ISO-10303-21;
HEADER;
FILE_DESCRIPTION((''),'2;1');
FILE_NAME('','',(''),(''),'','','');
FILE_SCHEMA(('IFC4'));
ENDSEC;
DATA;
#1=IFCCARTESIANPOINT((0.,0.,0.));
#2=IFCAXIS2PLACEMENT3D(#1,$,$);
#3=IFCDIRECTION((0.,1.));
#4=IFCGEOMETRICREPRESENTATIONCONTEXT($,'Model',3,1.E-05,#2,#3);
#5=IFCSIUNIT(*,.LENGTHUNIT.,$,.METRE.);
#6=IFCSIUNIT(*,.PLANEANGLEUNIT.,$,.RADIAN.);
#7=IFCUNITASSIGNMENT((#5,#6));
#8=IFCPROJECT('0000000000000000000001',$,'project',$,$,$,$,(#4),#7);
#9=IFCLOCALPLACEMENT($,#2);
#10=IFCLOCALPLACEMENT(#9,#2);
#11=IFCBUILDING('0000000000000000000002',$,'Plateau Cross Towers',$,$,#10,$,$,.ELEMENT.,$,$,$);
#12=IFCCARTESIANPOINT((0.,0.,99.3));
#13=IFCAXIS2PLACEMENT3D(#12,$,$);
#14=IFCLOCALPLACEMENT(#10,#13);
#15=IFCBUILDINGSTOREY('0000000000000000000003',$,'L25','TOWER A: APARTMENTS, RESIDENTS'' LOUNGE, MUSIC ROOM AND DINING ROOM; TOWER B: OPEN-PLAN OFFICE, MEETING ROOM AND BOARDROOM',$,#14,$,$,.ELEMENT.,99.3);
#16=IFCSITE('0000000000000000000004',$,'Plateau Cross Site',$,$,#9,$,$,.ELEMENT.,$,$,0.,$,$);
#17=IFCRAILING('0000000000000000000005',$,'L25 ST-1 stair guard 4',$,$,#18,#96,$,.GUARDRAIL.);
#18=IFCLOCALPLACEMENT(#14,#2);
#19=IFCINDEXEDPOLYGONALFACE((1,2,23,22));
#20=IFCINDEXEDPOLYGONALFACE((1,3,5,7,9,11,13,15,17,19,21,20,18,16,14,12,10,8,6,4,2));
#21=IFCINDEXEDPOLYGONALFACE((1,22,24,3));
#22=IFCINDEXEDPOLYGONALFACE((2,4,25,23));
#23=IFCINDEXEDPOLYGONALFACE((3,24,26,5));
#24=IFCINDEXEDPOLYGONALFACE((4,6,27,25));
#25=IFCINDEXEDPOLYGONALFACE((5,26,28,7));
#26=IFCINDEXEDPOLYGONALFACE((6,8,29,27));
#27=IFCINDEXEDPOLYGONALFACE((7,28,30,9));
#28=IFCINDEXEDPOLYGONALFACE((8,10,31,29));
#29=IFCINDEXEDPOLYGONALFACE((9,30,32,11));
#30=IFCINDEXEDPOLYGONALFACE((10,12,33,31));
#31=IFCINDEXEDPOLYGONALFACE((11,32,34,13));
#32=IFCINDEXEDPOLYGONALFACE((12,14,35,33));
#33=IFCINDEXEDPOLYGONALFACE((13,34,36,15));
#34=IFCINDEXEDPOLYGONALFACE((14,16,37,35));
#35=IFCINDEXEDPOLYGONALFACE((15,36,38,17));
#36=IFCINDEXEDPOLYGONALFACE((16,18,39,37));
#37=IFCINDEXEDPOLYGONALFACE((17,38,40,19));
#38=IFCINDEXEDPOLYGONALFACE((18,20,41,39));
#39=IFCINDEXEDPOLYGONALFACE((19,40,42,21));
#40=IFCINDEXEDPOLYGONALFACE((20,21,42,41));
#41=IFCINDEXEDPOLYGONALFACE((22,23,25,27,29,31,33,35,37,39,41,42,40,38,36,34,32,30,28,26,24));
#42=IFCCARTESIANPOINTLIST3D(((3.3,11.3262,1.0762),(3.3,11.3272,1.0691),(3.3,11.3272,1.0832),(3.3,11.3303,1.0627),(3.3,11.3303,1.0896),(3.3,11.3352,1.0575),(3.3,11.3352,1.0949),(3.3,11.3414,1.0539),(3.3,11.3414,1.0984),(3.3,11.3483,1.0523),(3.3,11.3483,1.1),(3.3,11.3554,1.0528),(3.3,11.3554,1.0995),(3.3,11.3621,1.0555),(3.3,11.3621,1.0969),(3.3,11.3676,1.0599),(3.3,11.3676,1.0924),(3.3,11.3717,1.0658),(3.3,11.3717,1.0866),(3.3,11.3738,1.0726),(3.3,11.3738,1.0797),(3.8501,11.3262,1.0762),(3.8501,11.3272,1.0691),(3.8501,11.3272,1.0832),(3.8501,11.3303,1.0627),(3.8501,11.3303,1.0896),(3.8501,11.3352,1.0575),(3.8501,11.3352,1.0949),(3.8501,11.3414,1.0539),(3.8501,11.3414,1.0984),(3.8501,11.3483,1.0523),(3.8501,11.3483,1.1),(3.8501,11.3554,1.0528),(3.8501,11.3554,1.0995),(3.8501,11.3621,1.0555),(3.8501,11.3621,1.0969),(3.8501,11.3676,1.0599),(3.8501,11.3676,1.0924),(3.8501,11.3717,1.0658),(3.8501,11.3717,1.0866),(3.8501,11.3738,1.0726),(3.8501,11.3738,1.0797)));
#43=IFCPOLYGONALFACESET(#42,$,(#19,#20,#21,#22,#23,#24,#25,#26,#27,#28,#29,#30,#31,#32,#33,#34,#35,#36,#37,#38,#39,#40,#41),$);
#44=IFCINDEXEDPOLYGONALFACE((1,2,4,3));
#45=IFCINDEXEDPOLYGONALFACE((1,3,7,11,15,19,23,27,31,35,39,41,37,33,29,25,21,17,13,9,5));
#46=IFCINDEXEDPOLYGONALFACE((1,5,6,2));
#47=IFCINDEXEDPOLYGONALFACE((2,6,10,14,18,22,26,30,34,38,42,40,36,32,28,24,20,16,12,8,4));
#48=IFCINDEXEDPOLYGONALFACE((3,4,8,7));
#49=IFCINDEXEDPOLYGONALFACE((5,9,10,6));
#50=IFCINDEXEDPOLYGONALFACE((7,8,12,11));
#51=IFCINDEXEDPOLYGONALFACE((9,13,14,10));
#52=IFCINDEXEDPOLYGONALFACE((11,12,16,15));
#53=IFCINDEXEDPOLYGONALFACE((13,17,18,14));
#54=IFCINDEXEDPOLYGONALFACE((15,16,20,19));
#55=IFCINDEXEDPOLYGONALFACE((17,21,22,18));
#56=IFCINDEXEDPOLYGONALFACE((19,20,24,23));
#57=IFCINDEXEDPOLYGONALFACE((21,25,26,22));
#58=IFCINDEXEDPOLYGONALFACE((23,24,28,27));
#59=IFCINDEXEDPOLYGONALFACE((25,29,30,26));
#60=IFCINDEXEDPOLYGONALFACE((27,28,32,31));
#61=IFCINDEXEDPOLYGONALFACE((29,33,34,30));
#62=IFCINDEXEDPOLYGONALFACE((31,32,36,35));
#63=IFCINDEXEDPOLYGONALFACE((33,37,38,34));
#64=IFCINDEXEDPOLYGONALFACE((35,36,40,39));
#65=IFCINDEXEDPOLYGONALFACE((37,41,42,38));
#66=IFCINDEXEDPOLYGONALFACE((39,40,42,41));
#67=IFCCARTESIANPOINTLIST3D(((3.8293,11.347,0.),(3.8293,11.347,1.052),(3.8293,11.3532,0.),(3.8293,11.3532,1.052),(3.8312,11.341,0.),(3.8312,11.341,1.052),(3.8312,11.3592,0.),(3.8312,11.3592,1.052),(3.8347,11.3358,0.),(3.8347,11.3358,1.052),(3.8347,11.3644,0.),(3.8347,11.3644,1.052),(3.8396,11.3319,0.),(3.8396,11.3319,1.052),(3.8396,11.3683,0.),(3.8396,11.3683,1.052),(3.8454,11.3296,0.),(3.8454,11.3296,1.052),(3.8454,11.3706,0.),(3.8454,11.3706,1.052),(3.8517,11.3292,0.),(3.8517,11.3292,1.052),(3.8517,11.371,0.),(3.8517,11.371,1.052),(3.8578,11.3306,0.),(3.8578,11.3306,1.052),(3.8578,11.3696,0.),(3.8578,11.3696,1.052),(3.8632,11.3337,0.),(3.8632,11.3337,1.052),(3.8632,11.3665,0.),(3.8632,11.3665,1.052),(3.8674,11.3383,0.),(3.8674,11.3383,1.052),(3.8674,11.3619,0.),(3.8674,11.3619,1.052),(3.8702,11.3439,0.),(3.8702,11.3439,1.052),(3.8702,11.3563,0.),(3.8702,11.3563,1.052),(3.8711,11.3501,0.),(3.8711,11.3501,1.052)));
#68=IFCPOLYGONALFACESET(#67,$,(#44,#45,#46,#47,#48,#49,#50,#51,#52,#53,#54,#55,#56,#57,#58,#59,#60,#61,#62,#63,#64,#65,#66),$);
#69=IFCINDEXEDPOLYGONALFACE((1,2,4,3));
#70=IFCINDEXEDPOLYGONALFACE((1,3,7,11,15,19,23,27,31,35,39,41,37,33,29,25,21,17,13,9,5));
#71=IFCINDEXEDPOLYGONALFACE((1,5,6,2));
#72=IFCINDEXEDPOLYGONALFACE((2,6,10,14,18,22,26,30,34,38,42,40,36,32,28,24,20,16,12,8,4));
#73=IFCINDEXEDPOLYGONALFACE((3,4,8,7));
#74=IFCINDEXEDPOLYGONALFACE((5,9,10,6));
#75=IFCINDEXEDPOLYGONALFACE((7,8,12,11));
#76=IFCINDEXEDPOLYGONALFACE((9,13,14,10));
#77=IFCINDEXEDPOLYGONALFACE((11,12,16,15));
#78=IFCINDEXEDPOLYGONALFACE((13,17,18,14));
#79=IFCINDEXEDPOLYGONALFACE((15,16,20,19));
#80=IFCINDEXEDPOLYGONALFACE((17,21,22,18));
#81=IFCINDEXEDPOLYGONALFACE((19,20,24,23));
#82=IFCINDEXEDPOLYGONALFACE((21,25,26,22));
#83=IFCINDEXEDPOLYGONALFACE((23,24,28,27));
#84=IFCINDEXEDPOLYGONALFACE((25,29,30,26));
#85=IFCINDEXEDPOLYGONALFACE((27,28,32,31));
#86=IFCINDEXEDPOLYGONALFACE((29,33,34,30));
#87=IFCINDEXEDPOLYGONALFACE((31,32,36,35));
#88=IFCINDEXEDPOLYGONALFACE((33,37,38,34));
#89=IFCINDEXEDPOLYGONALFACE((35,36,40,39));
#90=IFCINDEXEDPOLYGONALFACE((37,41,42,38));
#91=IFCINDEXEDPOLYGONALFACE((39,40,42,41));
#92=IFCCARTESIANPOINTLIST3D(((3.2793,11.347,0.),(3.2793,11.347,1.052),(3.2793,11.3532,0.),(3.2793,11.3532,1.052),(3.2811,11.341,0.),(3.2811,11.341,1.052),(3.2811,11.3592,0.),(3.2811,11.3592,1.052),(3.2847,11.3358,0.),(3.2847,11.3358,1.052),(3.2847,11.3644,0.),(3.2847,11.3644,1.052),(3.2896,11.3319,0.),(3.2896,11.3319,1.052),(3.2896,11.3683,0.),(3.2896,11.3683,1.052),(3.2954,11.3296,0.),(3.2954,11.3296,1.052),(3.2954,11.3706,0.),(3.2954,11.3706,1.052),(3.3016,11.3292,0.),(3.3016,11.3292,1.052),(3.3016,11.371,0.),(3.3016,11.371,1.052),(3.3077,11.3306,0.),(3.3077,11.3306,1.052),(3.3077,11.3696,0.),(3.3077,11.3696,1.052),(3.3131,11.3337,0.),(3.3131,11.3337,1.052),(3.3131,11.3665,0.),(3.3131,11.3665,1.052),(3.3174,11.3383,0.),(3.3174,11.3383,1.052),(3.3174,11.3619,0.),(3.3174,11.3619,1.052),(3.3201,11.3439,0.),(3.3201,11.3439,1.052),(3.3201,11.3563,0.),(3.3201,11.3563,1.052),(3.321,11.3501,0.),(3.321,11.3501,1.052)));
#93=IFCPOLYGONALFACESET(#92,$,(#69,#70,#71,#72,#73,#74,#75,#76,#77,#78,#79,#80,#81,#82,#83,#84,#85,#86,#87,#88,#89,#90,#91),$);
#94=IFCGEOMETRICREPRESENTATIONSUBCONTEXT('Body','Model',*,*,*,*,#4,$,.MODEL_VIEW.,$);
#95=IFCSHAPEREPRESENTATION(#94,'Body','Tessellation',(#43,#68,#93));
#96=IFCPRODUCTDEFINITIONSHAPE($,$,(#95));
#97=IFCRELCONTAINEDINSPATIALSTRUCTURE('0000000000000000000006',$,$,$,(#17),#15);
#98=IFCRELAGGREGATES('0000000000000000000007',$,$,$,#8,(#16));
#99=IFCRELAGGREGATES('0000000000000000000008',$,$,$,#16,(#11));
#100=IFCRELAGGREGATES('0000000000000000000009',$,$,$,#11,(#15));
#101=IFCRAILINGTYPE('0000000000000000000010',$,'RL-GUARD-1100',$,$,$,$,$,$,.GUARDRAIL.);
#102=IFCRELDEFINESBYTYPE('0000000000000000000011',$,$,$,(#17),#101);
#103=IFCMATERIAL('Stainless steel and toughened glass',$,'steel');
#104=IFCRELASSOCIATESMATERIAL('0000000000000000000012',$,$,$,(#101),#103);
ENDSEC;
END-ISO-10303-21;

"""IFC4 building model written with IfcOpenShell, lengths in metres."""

from ifc_helpers import new_model, si_unit, direction, frame, origin, origin_2d, place, context, subcontext, project, spatial, circle, extrude, material, type_object, element, save


model = new_model("IFC4")

# Units and contexts
model_context = context("Model", 3, precision=1e-05, world=origin(), true_north=direction((0.0, 1.0)))
body_context = subcontext(model_context, "Body", "Model", "MODEL_VIEW")
ifc_project = project(units=[si_unit("LENGTHUNIT", "METRE"), si_unit("PLANEANGLEUNIT", "RADIAN")], contexts=[model_context])

# Site, building, storey
site_placement = place(None, origin())
site = spatial("IfcSite", under=ifc_project, at=site_placement, Name="Plateau Cross Site", CompositionType="ELEMENT", RefElevation=0.0)
building_placement = place(site_placement, origin())
building = spatial("IfcBuilding", under=site, at=building_placement, Name="Plateau Cross Towers", CompositionType="ELEMENT")
storey_placement = place(building_placement, frame((0.0, 0.0, 99.3)))
storey = spatial("IfcBuildingStorey", under=building, at=storey_placement, Name="L25", Description="TOWER A: APARTMENTS, RESIDENTS' LOUNGE, MUSIC ROOM AND DINING ROOM; TOWER B: OPEN-PLAN OFFICE, MEETING ROOM AND BOARDROOM", CompositionType="ELEMENT", Elevation=99.3)

# Railing
ifc_material_1 = material(Name="Stainless steel and toughened glass", Category="steel")
railing_type_1 = type_object("IfcRailingType", Name="RL-GUARD-1100", PredefinedType="GUARDRAIL", material=ifc_material_1)
railing_1_placement = place(storey_placement, frame((3.8501, 11.3501, 0.0)))
element("IfcRailing", 1, at=railing_1_placement, inside=storey, type_object=railing_type_1, Name="L25 ST-1 stair guard 4", PredefinedType="GUARDRAIL", context=body_context, shape_type="SweptSolid", body=[
    extrude(circle(Radius=0.0239, at=origin_2d()), frame((0.0, 0.0, 1.0762), z_axis=(-1.0, 0.0, 0.0), x_axis=(0.0, -1.0, 0.0)), (0.0, 0.0, 1.0), 0.55),
    extrude(circle(Radius=0.021, at=origin_2d()), origin(), (0.0, 0.0, 1.0), 1.052),
    extrude(circle(Radius=0.021, at=origin_2d()), frame((-0.55, 0.0, 0.0)), (0.0, 0.0, 1.0), 1.052),
])

save(model, "model.ifc")
